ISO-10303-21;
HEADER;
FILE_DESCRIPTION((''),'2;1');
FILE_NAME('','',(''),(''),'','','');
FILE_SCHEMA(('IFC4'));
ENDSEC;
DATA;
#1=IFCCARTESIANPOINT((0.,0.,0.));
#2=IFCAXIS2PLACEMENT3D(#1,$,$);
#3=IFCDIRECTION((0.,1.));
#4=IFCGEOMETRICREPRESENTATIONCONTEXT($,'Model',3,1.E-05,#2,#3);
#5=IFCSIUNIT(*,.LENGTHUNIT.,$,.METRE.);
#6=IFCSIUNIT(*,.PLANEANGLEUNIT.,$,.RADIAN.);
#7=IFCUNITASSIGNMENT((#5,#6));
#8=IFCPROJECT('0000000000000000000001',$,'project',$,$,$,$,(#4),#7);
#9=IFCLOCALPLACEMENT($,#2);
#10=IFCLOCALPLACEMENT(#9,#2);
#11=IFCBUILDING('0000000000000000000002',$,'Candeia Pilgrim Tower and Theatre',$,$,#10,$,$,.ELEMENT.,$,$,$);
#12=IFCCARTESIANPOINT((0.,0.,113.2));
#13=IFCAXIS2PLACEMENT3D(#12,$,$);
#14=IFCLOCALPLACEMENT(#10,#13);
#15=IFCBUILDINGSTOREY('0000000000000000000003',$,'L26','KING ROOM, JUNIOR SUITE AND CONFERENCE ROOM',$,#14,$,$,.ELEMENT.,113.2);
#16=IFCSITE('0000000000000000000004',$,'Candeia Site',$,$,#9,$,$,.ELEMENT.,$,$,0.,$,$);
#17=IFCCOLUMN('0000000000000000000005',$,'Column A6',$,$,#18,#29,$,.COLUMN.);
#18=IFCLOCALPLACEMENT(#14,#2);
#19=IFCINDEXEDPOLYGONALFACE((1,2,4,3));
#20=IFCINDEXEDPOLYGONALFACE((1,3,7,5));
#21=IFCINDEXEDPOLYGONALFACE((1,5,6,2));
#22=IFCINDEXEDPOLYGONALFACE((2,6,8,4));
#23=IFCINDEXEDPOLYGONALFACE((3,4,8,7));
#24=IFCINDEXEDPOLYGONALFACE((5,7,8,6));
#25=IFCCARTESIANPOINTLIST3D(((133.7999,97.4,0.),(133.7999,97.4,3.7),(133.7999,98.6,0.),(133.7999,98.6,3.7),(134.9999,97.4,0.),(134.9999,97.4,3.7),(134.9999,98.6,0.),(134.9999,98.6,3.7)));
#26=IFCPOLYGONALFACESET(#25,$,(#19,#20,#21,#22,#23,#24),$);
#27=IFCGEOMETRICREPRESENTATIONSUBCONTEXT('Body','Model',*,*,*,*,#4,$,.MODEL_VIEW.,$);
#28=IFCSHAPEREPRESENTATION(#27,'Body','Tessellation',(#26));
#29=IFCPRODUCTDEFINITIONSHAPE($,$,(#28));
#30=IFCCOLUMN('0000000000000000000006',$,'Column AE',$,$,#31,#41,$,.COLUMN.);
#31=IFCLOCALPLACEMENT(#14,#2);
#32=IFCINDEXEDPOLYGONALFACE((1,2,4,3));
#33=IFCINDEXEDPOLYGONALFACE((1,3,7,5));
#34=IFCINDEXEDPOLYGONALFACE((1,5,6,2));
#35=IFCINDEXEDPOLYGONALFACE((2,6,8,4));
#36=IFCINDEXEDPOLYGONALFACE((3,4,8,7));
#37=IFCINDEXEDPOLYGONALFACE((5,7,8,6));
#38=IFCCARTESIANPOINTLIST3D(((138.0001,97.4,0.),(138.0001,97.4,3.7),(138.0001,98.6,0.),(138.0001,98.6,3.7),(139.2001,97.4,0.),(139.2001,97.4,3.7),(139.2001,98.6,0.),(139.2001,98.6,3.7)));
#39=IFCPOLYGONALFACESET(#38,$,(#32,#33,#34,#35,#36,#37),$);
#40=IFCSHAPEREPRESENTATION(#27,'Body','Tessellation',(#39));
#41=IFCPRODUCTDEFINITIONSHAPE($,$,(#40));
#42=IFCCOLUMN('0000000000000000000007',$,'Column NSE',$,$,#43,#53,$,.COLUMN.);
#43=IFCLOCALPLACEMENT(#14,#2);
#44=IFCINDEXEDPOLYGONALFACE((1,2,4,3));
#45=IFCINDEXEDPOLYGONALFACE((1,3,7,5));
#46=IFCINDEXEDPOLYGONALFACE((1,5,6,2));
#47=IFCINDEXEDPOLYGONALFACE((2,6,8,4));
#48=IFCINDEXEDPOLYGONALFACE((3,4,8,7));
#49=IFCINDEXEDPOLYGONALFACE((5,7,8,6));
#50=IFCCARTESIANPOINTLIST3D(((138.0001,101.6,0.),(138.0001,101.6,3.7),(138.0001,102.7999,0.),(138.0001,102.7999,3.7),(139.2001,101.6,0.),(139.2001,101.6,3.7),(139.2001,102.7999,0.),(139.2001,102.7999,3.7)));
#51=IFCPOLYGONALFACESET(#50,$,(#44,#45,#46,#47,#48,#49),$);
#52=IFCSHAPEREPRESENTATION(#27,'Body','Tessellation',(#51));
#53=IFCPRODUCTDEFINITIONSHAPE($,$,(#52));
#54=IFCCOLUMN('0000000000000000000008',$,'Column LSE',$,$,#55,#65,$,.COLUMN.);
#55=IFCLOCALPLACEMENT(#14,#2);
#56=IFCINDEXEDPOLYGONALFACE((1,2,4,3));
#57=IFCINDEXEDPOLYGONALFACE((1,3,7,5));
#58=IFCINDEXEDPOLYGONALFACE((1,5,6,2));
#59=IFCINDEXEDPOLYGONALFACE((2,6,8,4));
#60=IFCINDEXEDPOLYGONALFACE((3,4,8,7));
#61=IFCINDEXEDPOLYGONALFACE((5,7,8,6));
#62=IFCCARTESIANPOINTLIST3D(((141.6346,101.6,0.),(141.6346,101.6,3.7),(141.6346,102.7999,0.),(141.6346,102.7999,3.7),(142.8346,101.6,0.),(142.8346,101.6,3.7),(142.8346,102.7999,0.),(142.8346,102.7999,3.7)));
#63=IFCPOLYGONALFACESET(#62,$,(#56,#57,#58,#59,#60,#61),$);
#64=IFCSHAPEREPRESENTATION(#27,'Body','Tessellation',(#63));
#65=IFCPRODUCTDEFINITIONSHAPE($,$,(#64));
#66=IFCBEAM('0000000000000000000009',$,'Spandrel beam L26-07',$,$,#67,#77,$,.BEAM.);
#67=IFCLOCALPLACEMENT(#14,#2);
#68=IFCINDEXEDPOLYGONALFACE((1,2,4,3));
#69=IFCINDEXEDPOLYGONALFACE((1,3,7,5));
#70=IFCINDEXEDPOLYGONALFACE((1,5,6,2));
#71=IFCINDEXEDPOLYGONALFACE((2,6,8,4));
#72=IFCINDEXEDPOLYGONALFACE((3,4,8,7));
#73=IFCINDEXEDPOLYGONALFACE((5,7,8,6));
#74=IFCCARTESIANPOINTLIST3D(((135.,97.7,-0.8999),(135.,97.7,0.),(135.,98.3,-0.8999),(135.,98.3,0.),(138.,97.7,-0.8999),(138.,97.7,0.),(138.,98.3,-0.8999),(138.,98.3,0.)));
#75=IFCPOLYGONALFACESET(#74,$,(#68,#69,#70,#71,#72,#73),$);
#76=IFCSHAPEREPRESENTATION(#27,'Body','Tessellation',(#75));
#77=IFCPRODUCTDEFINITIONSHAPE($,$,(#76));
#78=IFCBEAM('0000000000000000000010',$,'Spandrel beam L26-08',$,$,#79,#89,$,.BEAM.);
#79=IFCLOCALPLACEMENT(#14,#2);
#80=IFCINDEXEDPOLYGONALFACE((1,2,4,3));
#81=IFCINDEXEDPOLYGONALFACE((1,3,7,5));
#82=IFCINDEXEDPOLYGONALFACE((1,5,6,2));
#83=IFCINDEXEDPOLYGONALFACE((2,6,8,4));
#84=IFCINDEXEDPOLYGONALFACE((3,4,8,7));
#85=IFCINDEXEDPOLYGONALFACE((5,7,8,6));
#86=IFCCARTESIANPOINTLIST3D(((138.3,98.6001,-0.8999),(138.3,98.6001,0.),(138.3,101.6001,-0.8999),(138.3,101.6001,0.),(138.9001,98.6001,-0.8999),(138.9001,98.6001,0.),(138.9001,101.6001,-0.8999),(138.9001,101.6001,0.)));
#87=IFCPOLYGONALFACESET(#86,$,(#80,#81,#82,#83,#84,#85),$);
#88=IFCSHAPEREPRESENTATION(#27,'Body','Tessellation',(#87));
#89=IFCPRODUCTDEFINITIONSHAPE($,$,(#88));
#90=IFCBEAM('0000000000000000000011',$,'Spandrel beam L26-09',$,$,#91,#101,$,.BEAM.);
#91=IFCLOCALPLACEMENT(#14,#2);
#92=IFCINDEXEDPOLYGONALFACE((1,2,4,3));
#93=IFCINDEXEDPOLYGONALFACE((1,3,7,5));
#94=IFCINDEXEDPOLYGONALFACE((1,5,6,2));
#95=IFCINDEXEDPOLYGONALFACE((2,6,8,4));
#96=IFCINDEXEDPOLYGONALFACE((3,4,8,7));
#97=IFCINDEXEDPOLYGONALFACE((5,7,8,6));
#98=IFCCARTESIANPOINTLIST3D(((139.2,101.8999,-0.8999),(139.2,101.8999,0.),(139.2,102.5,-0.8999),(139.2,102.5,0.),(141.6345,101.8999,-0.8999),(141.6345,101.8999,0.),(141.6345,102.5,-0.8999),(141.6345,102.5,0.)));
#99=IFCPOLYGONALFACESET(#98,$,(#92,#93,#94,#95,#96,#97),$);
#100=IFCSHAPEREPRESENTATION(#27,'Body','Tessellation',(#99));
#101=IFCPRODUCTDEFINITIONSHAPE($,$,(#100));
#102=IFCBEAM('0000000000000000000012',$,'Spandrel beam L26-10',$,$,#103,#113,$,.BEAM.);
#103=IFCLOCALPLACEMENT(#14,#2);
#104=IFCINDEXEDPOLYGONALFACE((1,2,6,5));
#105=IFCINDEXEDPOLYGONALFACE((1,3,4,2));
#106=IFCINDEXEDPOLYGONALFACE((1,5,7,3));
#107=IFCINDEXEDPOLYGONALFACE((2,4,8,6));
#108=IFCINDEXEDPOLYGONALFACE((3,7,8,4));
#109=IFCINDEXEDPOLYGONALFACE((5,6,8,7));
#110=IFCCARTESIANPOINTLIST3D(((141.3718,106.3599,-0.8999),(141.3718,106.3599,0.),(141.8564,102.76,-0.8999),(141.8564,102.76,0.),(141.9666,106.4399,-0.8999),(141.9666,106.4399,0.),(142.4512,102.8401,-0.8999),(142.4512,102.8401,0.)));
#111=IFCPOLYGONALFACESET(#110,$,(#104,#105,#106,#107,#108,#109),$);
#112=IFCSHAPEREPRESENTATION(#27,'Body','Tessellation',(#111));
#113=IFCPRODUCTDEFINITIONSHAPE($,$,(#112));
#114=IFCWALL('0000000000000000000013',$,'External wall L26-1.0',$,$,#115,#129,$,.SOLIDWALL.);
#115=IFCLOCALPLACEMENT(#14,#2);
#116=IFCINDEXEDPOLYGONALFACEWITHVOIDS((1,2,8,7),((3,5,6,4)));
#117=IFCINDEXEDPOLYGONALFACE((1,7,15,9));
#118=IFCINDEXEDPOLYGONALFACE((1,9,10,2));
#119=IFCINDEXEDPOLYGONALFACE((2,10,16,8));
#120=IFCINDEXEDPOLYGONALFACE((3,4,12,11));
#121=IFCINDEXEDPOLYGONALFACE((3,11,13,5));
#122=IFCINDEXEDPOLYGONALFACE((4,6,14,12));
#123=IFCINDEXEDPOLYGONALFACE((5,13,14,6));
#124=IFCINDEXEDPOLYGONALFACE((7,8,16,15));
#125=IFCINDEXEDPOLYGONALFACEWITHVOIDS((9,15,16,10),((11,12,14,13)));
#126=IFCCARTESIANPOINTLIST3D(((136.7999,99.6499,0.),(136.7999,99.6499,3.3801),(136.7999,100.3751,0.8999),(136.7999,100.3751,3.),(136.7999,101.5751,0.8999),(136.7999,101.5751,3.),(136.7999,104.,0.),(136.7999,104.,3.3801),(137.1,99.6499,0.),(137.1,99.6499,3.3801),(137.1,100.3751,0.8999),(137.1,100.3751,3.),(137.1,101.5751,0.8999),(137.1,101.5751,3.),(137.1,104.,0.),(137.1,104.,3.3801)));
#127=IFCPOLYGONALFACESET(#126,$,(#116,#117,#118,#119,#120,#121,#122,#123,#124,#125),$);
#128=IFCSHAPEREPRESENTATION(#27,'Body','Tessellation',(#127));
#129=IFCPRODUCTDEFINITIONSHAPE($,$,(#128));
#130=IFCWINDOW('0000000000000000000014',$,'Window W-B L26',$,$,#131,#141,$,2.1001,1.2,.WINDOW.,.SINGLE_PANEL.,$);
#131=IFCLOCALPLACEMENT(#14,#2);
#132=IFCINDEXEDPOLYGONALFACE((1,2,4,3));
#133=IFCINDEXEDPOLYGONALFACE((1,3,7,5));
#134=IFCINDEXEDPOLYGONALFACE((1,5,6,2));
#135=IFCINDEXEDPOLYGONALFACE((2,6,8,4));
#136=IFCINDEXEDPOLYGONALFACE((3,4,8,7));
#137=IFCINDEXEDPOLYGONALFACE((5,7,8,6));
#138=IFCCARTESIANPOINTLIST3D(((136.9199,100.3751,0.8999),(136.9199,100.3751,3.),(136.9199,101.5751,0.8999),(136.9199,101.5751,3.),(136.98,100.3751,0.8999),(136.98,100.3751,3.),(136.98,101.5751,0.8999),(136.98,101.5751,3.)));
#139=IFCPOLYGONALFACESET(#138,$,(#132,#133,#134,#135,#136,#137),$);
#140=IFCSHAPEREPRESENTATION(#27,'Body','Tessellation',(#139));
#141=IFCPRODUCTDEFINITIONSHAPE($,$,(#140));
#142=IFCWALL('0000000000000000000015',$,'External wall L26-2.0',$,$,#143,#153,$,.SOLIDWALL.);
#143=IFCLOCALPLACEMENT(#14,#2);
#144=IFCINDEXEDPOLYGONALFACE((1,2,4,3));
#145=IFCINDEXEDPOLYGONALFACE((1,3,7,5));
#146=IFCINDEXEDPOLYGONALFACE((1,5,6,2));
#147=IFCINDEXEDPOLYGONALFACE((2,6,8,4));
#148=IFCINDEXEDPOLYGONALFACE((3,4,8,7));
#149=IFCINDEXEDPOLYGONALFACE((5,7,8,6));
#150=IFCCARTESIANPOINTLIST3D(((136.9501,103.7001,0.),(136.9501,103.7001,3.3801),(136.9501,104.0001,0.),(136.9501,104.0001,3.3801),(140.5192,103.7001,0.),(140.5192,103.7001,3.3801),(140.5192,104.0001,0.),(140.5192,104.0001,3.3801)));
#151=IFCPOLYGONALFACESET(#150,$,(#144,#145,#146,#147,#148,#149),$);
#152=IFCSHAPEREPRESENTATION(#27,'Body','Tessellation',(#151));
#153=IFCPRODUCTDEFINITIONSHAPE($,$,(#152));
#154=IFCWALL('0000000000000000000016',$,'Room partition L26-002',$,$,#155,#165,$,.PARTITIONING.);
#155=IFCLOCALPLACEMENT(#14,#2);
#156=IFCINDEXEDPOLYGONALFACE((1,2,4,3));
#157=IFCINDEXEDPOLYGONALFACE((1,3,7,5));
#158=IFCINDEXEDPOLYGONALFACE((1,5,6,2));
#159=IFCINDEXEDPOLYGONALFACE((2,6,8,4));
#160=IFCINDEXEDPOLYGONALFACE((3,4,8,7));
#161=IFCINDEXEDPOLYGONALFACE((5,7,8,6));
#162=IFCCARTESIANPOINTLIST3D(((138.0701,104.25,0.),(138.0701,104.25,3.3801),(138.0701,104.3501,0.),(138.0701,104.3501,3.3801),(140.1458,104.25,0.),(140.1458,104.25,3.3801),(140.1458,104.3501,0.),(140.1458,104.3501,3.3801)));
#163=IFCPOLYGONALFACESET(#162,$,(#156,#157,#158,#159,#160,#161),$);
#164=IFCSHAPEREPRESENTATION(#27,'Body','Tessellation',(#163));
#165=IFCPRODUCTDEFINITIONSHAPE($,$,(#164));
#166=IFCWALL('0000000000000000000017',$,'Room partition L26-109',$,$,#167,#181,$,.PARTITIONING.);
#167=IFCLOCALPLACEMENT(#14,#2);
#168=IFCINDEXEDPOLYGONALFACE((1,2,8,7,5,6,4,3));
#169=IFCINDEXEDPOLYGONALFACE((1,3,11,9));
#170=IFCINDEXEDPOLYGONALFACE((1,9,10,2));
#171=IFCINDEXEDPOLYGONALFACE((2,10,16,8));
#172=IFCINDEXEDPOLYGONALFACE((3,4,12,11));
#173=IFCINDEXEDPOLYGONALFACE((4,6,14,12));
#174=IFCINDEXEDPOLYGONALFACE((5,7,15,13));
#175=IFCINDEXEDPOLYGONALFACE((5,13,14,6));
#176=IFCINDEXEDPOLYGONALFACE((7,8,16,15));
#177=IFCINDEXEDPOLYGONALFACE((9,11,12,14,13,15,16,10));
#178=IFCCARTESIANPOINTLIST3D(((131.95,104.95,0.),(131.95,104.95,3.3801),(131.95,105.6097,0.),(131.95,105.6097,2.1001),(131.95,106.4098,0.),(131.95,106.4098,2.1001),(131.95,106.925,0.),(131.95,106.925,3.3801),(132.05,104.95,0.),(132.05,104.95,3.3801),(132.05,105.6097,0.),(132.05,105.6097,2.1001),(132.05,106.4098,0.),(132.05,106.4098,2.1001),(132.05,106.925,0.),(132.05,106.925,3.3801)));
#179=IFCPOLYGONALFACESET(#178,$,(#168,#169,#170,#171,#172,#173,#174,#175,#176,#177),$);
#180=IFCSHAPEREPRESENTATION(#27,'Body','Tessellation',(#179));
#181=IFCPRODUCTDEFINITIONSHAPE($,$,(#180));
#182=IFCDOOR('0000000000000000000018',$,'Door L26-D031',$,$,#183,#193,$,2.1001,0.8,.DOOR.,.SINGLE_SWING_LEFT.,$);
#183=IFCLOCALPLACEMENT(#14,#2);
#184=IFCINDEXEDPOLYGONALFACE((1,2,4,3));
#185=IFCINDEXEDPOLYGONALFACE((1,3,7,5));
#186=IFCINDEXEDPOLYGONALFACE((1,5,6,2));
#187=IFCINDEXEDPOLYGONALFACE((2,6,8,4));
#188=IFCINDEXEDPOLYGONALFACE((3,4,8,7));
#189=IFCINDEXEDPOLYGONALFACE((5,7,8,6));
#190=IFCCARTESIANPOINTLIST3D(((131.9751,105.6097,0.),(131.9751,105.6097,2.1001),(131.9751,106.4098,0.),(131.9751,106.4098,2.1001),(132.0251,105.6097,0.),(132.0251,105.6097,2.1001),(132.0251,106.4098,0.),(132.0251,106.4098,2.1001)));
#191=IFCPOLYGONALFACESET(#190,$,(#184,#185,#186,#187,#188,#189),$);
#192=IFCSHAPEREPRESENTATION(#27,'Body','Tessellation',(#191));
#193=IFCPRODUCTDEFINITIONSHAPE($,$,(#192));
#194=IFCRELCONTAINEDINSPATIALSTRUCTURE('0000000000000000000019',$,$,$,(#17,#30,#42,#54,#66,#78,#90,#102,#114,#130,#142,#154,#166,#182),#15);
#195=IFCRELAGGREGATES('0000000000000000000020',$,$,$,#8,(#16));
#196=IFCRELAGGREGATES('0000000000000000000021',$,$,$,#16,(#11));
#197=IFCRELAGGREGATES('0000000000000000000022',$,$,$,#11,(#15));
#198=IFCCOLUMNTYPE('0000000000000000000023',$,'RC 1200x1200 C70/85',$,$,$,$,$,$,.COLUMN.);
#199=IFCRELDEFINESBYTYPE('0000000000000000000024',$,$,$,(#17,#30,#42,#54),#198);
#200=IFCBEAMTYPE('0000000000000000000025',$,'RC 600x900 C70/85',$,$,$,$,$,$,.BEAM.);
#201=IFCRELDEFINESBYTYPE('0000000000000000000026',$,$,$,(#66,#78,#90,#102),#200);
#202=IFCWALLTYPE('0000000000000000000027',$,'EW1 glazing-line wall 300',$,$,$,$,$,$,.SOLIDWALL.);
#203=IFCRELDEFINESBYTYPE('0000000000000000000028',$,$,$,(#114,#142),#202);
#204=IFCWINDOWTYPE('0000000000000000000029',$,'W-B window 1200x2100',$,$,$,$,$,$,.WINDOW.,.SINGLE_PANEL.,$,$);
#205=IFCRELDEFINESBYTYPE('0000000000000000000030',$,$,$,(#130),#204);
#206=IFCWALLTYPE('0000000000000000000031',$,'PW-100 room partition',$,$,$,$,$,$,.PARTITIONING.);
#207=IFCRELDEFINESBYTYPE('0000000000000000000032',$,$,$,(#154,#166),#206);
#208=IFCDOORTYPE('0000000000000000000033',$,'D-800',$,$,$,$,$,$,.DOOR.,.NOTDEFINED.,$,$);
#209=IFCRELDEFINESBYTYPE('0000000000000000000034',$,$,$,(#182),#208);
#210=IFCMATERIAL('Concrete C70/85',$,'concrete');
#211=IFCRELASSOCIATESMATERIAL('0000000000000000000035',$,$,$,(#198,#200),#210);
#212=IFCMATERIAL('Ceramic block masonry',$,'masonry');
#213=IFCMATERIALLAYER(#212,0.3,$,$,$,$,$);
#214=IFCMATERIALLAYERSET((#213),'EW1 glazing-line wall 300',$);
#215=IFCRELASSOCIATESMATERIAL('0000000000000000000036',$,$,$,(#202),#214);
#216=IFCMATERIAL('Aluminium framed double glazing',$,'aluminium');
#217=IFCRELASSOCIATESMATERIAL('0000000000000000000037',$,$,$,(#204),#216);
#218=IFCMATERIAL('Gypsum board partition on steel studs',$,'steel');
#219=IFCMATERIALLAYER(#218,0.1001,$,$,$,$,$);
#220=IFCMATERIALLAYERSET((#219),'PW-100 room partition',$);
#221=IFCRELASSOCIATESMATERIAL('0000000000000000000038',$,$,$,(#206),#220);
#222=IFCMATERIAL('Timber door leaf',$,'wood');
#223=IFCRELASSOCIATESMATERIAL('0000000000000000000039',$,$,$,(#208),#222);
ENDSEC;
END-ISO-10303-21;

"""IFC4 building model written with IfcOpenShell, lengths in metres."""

from ifc_helpers import new_model, si_unit, direction, frame, frame_2d, origin, origin_2d, place, context, subcontext, project, spatial, rectangle, extrude, material, layer, layer_set, material_profile, profile_set, type_object, element, fill, save


model = new_model("IFC4")

# Units and contexts
model_context = context("Model", 3, precision=1e-05, world=origin(), true_north=direction((0.0, 1.0)))
body_context = subcontext(model_context, "Body", "Model", "MODEL_VIEW")
ifc_project = project(units=[si_unit("LENGTHUNIT", "METRE"), si_unit("PLANEANGLEUNIT", "RADIAN")], contexts=[model_context])

# Site, building, storey
site_placement = place(None, origin())
site = spatial("IfcSite", under=ifc_project, at=site_placement, Name="Candeia Site", CompositionType="ELEMENT", RefElevation=0.0)
building_placement = place(site_placement, origin())
building = spatial("IfcBuilding", under=site, at=building_placement, Name="Candeia Pilgrim Tower and Theatre", CompositionType="ELEMENT")
storey_placement = place(building_placement, frame((0.0, 0.0, 113.2)))
storey = spatial("IfcBuildingStorey", under=building, at=storey_placement, Name="L26", Description="KING ROOM, JUNIOR SUITE AND CONFERENCE ROOM", CompositionType="ELEMENT", Elevation=113.2)

# Columns
ifc_material_1 = material(Name="Concrete C70/85", Category="concrete")
ifc_material_profile_1 = material_profile(ifc_material_1, rectangle(XDim=1.2, YDim=1.2, at=origin_2d()))
ifc_profile_set_1 = profile_set([ifc_material_profile_1], Name="Concrete C70/85")
column_type = type_object("IfcColumnType", Name="RC 1200x1200 C70/85", PredefinedType="COLUMN", material=ifc_profile_set_1)
for number, where, z_axis, x_axis, name in (
    (1, (134.3999, 98.0, 0.0), (0.0, 0.0, 1.0), (1.0, 0.0, 0.0), "Column A6"),
    (2, (138.6001, 98.0, 0.0), (0.0, 0.0, 1.0), (1.0, 0.0, 0.0), "Column AE"),
    (3, (138.6001, 102.2, 0.0), (0.0, 0.0, 1.0), (1.0, 0.0, 0.0), "Column NSE"),
    (4, (142.2346, 102.2, 0.0), (0.0, 0.0, 1.0), (1.0, 0.0, 0.0), "Column LSE"),
):
    element("IfcColumn", number, at=place(storey_placement, frame(where, z_axis=z_axis, x_axis=x_axis)), inside=storey, type_object=column_type, Name=name, PredefinedType="COLUMN", context=body_context, shape_type="SweptSolid", body=[
        extrude(rectangle(XDim=1.2, YDim=1.2, at=origin_2d()), origin(), (0.0, 0.0, 1.0), 3.7),
    ])

# Beams
ifc_material_profile_2 = material_profile(ifc_material_1, rectangle(XDim=0.6001, YDim=0.8999, at=origin_2d()))
ifc_profile_set_2 = profile_set([ifc_material_profile_2], Name="Concrete C70/85")
beam_type = type_object("IfcBeamType", Name="RC 600x900 C70/85", PredefinedType="BEAM", material=ifc_profile_set_2)
for number, where, z_axis, x_axis, name in (
    (5, (135.0, 98.0, -0.45), (1.0, 0.0, 0.0), (0.0, 1.0, 0.0), "Spandrel beam L26-07"),
    (6, (138.6001, 98.6001, -0.45), (0.0, 1.0, 0.0), (-1.0, 0.0, 0.0), "Spandrel beam L26-08"),
):
    element("IfcBeam", number, at=place(storey_placement, frame(where, z_axis=z_axis, x_axis=x_axis)), inside=storey, type_object=beam_type, Name=name, PredefinedType="BEAM", context=body_context, shape_type="SweptSolid", body=[
        extrude(rectangle(XDim=0.6001, YDim=0.8999, at=origin_2d()), origin(), (0.0, 0.0, 1.0), 3.0),
    ])
beam_1_placement = place(storey_placement, frame((139.2, 102.2, -0.45), z_axis=(1.0, 0.0, 0.0), x_axis=(0.0, 1.0, 0.0)))
element("IfcBeam", 7, at=beam_1_placement, inside=storey, type_object=beam_type, Name="Spandrel beam L26-09", PredefinedType="BEAM", context=body_context, shape_type="SweptSolid", body=[
    extrude(rectangle(XDim=0.6001, YDim=0.8999, at=origin_2d()), origin(), (0.0, 0.0, 1.0), 2.4346),
])
beam_2_placement = place(storey_placement, frame((142.1538, 102.8, -0.45), z_axis=(-0.133418, 0.99106, 0.0), x_axis=(-0.99106, -0.133418, 0.0)))
element("IfcBeam", 8, at=beam_2_placement, inside=storey, type_object=beam_type, Name="Spandrel beam L26-10", PredefinedType="BEAM", context=body_context, shape_type="SweptSolid", body=[
    extrude(rectangle(XDim=0.6001, YDim=0.8999, at=origin_2d()), origin(), (0.0, 0.0, 1.0), 3.6323),
])

# Wall, opening, window
ifc_material_2 = material(Name="Ceramic block masonry", Category="masonry")
ifc_layer_1 = layer(ifc_material_2, 0.3)
ifc_layer_set_1 = layer_set([ifc_layer_1], Name="EW1 glazing-line wall 300")
wall_type_1 = type_object("IfcWallType", Name="EW1 glazing-line wall 300", PredefinedType="SOLIDWALL", material=ifc_layer_set_1)
wall_1_placement = place(storey_placement, frame((136.95, 99.6499, 0.0), z_axis=(0.0, 0.0, 1.0), x_axis=(0.0, 1.0, 0.0)))
wall_1 = element("IfcWall", 9, at=wall_1_placement, inside=storey, type_object=wall_type_1, Name="External wall L26-1.0", PredefinedType="SOLIDWALL", context=body_context, shape_type="SweptSolid", body=[
    extrude(rectangle(XDim=4.3501, YDim=0.3, at=frame_2d((2.175, 0.0))), origin(), (0.0, 0.0, 1.0), 3.3801),
])
opening_1_placement = place(wall_1_placement, frame((0.7251, 0.0, 0.8999)))
opening_1 = element("IfcOpeningElement", 10, at=opening_1_placement, cuts=wall_1, PredefinedType="OPENING", context=body_context, shape_type="SweptSolid", body=[
    extrude(rectangle(XDim=1.2, YDim=2.1001, at=frame_2d((0.6001, 1.05))), frame((0.0, 0.1602, 0.0), z_axis=(0.0, -1.0, 0.0), x_axis=(1.0, 0.0, 0.0)), (0.0, 0.0, 1.0), 0.3201),
])
ifc_material_3 = material(Name="Aluminium framed double glazing", Category="aluminium")
window_type = type_object("IfcWindowType", Name="W-B window 1200x2100", PartitioningType="SINGLE_PANEL", PredefinedType="WINDOW", material=ifc_material_3)
window_1_placement = place(opening_1_placement, origin())
window_1 = element("IfcWindow", 11, at=window_1_placement, inside=storey, type_object=window_type, Name="Window W-B L26", OverallHeight=2.1001, OverallWidth=1.2, PartitioningType="SINGLE_PANEL", PredefinedType="WINDOW", context=body_context, shape_type="SweptSolid", body=[
    extrude(rectangle(XDim=1.2, YDim=2.1001, at=frame_2d((0.6001, 1.05))), frame((0.0, 0.03, 0.0), z_axis=(0.0, -1.0, 0.0), x_axis=(1.0, 0.0, 0.0)), (0.0, 0.0, 1.0), 0.0601),
])
fill(opening_1, window_1)

# Wall
wall_2_placement = place(storey_placement, frame((136.95, 103.8501, 0.0), z_axis=(0.0, 0.0, 1.0), x_axis=(1.0, 0.0, 0.0)))
element("IfcWall", 12, at=wall_2_placement, inside=storey, type_object=wall_type_1, Name="External wall L26-2.0", PredefinedType="SOLIDWALL", context=body_context, shape_type="SweptSolid", body=[
    extrude(rectangle(XDim=3.5691, YDim=0.3, at=frame_2d((1.7847, 0.0))), origin(), (0.0, 0.0, 1.0), 3.3801),
])

# Wall
ifc_material_4 = material(Name="Gypsum board partition on steel studs", Category="steel")
ifc_layer_2 = layer(ifc_material_4, 0.1001)
ifc_layer_set_2 = layer_set([ifc_layer_2], Name="PW-100 room partition")
wall_type_2 = type_object("IfcWallType", Name="PW-100 room partition", PredefinedType="PARTITIONING", material=ifc_layer_set_2)
wall_3_placement = place(storey_placement, frame((138.0701, 104.3, 0.0), z_axis=(0.0, 0.0, 1.0), x_axis=(1.0, 0.0, 0.0)))
element("IfcWall", 13, at=wall_3_placement, inside=storey, type_object=wall_type_2, Name="Room partition L26-002", PredefinedType="PARTITIONING", context=body_context, shape_type="SweptSolid", body=[
    extrude(rectangle(XDim=2.0757, YDim=0.1001, at=frame_2d((1.0378, 0.0))), origin(), (0.0, 0.0, 1.0), 3.3801),
])

# Wall, opening, door
wall_4_placement = place(storey_placement, frame((132.0, 104.95, 0.0), z_axis=(0.0, 0.0, 1.0), x_axis=(0.0, 1.0, 0.0)))
wall_4 = element("IfcWall", 14, at=wall_4_placement, inside=storey, type_object=wall_type_2, Name="Room partition L26-109", PredefinedType="PARTITIONING", context=body_context, shape_type="SweptSolid", body=[
    extrude(rectangle(XDim=1.9751, YDim=0.1001, at=frame_2d((0.9875, 0.0))), origin(), (0.0, 0.0, 1.0), 3.3801),
])
opening_2_placement = place(wall_4_placement, frame((0.6599, 0.0, 0.0)))
opening_2 = element("IfcOpeningElement", 15, at=opening_2_placement, cuts=wall_4, PredefinedType="OPENING", context=body_context, shape_type="SweptSolid", body=[
    extrude(rectangle(XDim=0.8, YDim=2.1001, at=frame_2d((0.3999, 1.05))), frame((0.0, 0.0601, 0.0), z_axis=(0.0, -1.0, 0.0), x_axis=(1.0, 0.0, 0.0)), (0.0, 0.0, 1.0), 0.1201),
])
ifc_material_5 = material(Name="Timber door leaf", Category="wood")
door_type_1 = type_object("IfcDoorType", Name="D-800", OperationType="NOTDEFINED", PredefinedType="DOOR", material=ifc_material_5)
door_1_placement = place(opening_2_placement, origin())
door_1 = element("IfcDoor", 16, at=door_1_placement, inside=storey, type_object=door_type_1, Name="Door L26-D031", OperationType="SINGLE_SWING_LEFT", OverallHeight=2.1001, OverallWidth=0.8, PredefinedType="DOOR", context=body_context, shape_type="SweptSolid", body=[
    extrude(rectangle(XDim=0.8, YDim=2.1001, at=frame_2d((0.3999, 1.05))), frame((0.0, 0.0249, 0.0), z_axis=(0.0, -1.0, 0.0), x_axis=(1.0, 0.0, 0.0)), (0.0, 0.0, 1.0), 0.05),
])
fill(opening_2, door_1)

save(model, "model.ifc")
